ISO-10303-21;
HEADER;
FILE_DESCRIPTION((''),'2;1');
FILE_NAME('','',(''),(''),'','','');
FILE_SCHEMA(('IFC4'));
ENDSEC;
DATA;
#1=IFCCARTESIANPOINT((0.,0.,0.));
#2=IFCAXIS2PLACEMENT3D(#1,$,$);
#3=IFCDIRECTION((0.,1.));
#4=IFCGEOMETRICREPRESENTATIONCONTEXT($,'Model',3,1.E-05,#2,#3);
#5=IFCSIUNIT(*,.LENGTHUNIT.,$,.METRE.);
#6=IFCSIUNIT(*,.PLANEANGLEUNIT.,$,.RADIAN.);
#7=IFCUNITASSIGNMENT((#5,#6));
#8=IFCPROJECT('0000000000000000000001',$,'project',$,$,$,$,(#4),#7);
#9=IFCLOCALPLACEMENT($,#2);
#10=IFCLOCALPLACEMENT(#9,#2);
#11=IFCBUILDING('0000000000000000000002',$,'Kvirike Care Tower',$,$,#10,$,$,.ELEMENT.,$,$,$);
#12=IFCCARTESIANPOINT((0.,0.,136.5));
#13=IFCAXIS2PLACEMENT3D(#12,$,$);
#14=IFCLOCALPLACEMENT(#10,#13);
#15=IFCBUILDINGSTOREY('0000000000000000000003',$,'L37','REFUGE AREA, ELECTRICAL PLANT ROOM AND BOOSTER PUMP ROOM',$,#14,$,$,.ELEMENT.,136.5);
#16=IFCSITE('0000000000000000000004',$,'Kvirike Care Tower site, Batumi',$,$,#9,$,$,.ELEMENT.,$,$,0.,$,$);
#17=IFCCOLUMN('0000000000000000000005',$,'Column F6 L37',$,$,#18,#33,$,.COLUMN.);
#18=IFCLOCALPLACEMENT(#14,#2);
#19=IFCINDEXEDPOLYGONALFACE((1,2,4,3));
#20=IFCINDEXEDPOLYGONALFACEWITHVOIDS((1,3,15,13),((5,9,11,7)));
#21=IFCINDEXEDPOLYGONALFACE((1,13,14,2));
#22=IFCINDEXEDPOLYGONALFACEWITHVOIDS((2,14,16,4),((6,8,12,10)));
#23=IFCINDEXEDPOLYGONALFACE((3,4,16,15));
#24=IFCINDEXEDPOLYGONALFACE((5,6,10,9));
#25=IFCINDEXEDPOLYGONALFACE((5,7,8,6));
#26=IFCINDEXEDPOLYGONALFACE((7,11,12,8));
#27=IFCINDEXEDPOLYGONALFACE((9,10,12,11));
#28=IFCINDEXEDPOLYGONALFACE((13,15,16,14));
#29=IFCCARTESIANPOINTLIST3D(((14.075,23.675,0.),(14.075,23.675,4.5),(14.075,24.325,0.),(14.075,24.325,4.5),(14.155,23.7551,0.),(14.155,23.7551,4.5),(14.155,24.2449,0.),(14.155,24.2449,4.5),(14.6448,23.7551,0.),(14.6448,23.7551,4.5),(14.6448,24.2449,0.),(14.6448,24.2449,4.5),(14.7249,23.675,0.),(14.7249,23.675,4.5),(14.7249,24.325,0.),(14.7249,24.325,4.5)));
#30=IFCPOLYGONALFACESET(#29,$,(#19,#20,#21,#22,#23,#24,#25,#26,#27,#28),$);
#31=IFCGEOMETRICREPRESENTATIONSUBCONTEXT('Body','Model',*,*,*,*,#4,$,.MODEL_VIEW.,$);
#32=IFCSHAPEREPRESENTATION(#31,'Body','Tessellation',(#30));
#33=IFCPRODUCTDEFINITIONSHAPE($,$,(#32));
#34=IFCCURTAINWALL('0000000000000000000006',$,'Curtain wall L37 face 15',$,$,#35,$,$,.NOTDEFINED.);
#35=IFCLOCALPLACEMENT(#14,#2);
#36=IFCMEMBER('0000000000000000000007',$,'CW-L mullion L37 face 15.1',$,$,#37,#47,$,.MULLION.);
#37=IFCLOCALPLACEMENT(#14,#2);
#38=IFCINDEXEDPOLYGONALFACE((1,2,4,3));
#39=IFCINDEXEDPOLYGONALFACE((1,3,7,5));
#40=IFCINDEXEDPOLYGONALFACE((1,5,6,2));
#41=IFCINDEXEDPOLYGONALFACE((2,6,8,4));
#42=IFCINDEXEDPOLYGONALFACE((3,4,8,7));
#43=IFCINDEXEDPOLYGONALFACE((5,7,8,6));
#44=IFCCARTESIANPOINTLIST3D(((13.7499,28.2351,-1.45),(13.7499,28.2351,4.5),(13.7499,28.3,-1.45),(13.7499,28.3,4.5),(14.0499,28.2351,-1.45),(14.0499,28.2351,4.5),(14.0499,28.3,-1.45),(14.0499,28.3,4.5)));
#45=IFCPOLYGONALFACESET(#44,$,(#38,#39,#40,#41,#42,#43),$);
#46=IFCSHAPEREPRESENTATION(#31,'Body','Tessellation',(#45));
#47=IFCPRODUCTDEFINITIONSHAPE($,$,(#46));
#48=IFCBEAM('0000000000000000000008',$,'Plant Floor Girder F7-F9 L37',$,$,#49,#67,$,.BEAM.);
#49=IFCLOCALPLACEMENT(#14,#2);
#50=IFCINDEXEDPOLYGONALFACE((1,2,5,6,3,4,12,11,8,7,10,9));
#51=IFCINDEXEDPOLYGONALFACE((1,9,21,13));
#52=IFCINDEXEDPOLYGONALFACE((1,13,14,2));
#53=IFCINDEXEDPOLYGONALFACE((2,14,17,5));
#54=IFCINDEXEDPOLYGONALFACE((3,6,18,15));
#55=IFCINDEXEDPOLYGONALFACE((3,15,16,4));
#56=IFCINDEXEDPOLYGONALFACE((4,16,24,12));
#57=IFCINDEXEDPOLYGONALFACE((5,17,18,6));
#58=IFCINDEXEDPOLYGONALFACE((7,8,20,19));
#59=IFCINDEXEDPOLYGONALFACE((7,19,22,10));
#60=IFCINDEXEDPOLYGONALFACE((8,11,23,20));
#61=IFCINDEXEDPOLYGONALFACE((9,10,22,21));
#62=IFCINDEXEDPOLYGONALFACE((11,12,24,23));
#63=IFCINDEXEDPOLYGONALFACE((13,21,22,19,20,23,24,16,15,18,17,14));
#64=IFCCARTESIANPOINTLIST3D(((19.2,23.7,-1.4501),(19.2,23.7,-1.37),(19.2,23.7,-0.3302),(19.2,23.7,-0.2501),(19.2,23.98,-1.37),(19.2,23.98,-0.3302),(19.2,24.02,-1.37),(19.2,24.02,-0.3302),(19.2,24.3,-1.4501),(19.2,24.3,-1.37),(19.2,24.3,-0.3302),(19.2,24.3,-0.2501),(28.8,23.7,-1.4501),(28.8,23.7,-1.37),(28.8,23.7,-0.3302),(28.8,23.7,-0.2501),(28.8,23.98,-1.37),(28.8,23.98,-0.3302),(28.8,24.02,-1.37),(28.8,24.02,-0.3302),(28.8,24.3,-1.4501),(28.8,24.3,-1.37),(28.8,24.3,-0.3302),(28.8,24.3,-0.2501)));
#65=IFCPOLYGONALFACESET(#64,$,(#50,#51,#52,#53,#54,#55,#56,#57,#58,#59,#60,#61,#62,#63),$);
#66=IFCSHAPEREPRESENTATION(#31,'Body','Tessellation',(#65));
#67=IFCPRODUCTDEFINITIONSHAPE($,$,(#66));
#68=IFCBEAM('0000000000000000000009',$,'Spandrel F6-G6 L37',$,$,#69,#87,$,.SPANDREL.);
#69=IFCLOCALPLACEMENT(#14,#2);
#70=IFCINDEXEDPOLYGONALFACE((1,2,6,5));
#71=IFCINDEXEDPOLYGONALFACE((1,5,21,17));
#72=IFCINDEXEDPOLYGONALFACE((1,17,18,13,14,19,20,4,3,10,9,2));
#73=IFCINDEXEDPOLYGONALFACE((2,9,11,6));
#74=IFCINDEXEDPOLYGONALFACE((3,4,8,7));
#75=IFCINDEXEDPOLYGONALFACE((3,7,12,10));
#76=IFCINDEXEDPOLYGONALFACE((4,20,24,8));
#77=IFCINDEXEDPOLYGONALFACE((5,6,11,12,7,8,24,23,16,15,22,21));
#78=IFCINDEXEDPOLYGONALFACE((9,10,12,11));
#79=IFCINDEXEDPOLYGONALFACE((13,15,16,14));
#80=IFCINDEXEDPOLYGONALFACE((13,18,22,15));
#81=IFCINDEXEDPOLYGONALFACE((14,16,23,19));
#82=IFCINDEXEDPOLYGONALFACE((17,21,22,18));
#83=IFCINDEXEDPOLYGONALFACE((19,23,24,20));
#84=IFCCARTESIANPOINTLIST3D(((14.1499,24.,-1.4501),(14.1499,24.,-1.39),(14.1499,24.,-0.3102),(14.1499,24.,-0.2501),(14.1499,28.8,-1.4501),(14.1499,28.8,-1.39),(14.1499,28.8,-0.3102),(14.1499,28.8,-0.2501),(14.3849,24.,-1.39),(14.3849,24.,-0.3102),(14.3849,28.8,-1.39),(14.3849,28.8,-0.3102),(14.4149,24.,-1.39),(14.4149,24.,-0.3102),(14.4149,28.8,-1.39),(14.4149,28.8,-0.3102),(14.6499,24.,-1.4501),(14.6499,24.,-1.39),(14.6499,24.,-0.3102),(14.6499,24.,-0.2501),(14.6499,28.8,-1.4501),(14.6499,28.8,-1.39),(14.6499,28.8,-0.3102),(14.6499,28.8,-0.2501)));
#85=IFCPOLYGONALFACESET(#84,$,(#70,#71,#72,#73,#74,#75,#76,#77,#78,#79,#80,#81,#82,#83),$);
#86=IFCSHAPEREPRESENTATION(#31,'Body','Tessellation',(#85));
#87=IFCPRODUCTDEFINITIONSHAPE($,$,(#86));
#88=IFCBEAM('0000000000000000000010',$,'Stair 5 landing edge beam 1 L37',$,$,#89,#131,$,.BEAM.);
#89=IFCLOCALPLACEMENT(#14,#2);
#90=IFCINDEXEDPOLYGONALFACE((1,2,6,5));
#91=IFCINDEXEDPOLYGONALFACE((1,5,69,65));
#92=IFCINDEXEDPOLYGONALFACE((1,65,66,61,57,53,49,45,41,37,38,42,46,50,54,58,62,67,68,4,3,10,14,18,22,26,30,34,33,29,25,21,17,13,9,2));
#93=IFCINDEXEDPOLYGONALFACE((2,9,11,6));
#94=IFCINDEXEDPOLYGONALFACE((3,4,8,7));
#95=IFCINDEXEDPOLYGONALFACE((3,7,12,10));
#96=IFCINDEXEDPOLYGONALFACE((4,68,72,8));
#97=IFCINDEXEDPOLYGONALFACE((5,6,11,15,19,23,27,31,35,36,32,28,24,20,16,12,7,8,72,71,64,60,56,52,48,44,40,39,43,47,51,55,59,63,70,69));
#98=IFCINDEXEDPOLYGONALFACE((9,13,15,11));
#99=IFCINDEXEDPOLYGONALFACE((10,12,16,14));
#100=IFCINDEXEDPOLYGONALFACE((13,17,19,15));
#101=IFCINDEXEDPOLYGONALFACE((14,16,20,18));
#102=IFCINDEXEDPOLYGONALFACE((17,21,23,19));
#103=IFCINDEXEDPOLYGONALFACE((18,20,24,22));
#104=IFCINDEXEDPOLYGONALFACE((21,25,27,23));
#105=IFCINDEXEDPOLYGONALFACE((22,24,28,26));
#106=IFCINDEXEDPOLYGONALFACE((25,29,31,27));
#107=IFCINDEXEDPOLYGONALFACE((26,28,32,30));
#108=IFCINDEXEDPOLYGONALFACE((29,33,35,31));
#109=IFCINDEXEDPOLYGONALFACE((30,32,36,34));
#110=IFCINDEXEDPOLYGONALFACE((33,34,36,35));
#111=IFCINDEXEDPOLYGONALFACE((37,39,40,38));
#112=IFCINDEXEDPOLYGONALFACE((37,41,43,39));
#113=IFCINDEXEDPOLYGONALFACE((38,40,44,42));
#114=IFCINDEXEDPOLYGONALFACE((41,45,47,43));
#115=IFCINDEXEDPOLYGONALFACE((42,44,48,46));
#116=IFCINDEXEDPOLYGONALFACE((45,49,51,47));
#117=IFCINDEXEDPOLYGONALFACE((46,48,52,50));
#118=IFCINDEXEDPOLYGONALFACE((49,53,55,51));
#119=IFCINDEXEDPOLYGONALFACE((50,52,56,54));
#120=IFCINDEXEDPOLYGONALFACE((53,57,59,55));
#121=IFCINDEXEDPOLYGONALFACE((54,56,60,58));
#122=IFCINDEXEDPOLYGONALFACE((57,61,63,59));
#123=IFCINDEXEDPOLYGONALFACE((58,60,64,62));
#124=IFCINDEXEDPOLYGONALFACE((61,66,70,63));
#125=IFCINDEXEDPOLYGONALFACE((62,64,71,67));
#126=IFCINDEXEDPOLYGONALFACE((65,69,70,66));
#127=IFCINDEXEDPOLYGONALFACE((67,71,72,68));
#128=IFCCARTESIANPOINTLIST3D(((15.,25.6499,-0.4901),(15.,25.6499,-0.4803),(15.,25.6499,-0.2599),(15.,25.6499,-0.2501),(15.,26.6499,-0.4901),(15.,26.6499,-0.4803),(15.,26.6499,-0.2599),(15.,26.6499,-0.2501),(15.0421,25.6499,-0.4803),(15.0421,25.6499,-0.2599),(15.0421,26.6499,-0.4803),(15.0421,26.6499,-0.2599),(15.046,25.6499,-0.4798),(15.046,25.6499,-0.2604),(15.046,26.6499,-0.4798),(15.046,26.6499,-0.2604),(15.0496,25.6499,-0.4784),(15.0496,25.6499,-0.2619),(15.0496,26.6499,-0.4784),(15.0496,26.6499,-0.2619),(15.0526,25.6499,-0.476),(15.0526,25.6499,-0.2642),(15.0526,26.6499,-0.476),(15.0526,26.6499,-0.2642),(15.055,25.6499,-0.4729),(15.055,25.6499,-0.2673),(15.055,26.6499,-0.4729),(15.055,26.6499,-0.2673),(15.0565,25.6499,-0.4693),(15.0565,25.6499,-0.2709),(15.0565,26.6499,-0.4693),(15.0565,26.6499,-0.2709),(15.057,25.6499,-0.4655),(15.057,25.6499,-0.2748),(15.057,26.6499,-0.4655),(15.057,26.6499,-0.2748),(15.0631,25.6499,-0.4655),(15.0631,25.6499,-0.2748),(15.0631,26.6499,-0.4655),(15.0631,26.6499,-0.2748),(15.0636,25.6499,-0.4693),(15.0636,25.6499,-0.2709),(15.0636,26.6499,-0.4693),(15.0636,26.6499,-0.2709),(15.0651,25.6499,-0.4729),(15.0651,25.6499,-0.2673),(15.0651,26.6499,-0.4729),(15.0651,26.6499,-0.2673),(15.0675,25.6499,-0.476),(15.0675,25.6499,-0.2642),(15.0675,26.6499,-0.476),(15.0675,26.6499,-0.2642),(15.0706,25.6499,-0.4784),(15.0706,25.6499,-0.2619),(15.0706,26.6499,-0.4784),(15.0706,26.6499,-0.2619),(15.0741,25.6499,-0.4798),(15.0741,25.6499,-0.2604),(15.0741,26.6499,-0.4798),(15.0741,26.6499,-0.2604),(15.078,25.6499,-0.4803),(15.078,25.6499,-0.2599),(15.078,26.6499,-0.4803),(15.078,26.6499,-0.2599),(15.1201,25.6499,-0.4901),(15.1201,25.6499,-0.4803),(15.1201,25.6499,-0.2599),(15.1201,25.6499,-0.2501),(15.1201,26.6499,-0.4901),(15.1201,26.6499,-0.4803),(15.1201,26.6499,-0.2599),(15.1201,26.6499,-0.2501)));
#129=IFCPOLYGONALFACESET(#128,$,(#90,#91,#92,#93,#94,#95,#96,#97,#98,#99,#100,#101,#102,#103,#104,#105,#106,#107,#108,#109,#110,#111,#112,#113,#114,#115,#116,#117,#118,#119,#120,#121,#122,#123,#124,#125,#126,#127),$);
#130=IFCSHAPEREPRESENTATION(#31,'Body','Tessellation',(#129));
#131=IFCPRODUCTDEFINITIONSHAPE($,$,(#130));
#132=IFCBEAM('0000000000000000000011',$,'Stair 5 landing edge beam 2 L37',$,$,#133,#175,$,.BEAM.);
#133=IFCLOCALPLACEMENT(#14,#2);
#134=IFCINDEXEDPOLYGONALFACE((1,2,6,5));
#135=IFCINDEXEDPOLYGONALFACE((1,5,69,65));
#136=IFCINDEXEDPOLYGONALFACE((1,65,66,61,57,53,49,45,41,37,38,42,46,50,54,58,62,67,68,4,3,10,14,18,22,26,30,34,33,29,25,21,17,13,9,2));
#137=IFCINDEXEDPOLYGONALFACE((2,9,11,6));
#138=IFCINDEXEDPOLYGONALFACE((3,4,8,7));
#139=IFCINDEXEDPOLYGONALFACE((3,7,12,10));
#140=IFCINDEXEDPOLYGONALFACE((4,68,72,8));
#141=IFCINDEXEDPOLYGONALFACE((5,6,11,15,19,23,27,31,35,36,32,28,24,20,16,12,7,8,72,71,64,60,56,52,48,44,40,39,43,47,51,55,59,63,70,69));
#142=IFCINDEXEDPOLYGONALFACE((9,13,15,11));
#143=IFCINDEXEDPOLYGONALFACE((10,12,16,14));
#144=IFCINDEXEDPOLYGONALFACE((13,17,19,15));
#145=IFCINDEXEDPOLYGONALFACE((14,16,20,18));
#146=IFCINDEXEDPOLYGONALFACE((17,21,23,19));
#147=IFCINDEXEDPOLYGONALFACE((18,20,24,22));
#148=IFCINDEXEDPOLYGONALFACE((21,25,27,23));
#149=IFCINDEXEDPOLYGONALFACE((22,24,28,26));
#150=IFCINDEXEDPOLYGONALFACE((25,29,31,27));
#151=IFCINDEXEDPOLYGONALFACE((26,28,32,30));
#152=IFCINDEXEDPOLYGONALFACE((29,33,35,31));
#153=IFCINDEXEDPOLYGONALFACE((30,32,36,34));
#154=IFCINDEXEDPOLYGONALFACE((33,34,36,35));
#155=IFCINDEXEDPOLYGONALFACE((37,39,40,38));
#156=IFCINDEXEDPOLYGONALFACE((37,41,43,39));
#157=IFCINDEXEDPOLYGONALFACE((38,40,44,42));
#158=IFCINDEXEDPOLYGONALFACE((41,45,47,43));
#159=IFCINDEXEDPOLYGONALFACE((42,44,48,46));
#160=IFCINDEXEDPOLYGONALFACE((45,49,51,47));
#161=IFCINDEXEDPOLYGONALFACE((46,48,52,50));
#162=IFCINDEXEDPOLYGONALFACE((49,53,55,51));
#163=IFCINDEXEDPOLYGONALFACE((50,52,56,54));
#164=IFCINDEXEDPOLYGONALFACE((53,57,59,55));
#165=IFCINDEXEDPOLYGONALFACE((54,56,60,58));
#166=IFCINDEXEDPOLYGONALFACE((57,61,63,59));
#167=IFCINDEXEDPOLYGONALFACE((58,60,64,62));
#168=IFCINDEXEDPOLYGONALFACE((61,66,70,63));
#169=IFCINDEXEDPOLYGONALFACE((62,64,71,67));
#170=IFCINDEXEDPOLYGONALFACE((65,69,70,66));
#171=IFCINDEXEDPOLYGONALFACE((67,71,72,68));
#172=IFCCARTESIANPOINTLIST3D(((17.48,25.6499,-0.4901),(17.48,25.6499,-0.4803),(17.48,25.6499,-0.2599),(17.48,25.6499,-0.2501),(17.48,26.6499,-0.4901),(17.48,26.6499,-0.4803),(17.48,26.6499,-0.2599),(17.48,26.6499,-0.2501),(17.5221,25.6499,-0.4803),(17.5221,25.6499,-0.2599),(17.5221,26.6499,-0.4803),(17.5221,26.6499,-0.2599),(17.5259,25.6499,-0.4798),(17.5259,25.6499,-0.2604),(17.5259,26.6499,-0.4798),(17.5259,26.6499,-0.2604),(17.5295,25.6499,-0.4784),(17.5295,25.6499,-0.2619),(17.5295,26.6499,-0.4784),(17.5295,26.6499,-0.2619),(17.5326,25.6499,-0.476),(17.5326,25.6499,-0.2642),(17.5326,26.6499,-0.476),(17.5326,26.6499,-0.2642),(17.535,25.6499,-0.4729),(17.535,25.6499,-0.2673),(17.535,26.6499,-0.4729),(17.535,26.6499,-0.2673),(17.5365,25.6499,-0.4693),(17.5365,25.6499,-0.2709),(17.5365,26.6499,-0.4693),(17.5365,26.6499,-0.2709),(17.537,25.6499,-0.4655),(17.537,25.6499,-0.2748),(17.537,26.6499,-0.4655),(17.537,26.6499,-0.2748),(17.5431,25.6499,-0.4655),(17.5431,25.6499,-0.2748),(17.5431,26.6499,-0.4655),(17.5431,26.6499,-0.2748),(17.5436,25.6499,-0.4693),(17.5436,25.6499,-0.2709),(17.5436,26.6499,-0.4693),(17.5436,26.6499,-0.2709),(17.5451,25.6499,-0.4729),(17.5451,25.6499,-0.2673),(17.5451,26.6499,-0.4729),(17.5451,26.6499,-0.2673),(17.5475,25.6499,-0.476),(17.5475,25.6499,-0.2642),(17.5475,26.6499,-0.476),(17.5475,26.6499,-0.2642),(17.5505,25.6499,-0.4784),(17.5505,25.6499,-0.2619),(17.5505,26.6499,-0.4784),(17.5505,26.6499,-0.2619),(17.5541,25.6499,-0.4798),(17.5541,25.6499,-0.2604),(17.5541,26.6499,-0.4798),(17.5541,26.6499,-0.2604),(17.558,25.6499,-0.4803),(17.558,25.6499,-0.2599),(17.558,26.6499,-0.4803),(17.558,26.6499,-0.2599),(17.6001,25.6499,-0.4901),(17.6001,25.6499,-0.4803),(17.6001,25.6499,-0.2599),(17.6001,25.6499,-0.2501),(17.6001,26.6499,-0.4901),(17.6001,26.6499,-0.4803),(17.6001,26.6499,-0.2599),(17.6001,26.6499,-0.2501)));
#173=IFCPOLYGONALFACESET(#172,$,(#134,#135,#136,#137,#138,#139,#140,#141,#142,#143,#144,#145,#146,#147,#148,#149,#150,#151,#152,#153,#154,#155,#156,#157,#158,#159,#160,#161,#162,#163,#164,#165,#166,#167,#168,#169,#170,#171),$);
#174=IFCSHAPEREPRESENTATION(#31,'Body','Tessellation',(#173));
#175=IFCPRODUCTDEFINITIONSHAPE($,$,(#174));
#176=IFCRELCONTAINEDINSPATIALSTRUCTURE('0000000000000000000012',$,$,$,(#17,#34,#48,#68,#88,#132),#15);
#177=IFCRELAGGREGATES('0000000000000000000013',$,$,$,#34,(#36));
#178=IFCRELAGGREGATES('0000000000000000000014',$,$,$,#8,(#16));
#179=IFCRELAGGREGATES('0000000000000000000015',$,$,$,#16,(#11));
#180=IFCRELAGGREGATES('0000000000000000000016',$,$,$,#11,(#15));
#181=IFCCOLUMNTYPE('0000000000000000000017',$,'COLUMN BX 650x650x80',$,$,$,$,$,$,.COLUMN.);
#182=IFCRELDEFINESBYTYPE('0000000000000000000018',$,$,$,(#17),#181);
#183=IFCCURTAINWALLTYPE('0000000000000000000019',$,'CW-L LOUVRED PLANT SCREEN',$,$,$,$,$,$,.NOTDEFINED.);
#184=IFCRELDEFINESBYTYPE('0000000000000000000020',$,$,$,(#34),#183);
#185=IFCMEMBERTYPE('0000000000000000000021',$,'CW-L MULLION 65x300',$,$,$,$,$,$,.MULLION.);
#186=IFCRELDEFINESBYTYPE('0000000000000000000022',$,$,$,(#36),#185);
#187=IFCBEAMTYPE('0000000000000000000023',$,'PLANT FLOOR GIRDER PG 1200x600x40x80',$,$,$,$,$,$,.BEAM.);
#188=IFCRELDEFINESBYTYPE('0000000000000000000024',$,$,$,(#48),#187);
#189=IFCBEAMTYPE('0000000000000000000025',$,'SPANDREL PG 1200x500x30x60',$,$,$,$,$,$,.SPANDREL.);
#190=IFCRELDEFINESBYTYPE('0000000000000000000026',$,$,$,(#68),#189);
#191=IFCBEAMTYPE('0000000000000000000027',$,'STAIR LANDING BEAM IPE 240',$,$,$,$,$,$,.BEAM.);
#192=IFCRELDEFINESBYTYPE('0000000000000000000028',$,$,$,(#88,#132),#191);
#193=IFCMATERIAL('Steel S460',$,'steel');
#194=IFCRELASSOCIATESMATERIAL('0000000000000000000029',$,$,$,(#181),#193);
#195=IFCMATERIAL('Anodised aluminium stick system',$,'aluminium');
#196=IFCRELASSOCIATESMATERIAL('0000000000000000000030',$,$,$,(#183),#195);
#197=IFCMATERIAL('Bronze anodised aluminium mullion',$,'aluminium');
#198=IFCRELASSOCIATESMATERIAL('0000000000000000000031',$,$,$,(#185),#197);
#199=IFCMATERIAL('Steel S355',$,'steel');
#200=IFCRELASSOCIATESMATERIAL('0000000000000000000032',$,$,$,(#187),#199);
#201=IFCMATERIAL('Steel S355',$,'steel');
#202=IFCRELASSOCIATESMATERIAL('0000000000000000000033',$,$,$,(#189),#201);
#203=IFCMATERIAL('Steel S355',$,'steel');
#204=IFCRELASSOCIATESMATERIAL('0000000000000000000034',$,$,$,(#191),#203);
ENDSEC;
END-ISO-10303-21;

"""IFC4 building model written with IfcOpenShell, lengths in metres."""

from ifc_helpers import new_model, si_unit, direction, frame, origin, origin_2d, place, context, subcontext, project, spatial, rectangle, hollow_rectangle, i_section, extrude, material, material_profile, profile_set, type_object, element, aggregate, save


model = new_model("IFC4")

# Units and contexts
model_context = context("Model", 3, precision=1e-05, world=origin(), true_north=direction((0.0, 1.0)))
body_context = subcontext(model_context, "Body", "Model", "MODEL_VIEW")
ifc_project = project(units=[si_unit("LENGTHUNIT", "METRE"), si_unit("PLANEANGLEUNIT", "RADIAN")], contexts=[model_context])

# Site, building, storey
site_placement = place(None, origin())
site = spatial("IfcSite", under=ifc_project, at=site_placement, Name="Kvirike Care Tower site, Batumi", CompositionType="ELEMENT", RefElevation=0.0)
building_placement = place(site_placement, origin())
building = spatial("IfcBuilding", under=site, at=building_placement, Name="Kvirike Care Tower", CompositionType="ELEMENT")
storey_placement = place(building_placement, frame((0.0, 0.0, 136.5)))
storey = spatial("IfcBuildingStorey", under=building, at=storey_placement, Name="L37", Description="REFUGE AREA, ELECTRICAL PLANT ROOM AND BOOSTER PUMP ROOM", CompositionType="ELEMENT", Elevation=136.5)

# Column
ifc_material_1 = material(Name="Steel S460", Category="steel")
ifc_material_profile_1 = material_profile(ifc_material_1, hollow_rectangle(XDim=0.6499, YDim=0.6499, WallThickness=0.0801, at=origin_2d()), Name="BX 650x650x80")
ifc_profile_set_1 = profile_set([ifc_material_profile_1], Name="Steel S460")
column_type = type_object("IfcColumnType", Name="COLUMN BX 650x650x80", PredefinedType="COLUMN", material=ifc_profile_set_1)
column_placement = place(storey_placement, frame((14.3999, 24.0, 0.0), z_axis=(0.0, 0.0, 1.0), x_axis=(1.0, 0.0, 0.0)))
element("IfcColumn", 1, at=column_placement, inside=storey, type_object=column_type, Name="Column F6 L37", PredefinedType="COLUMN", context=body_context, shape_type="SweptSolid", body=[
    extrude(hollow_rectangle(XDim=0.6499, YDim=0.6499, WallThickness=0.0801, at=origin_2d()), origin(), (0.0, 0.0, 1.0), 4.5),
])

# Curtain wall, member
ifc_material_2 = material(Name="Anodised aluminium stick system", Category="aluminium")
curtain_wall_type = type_object("IfcCurtainWallType", Name="CW-L LOUVRED PLANT SCREEN", PredefinedType="NOTDEFINED", material=ifc_material_2)
curtain_wall_placement = place(storey_placement, origin())
curtain_wall = element("IfcCurtainWall", 2, at=curtain_wall_placement, inside=storey, type_object=curtain_wall_type, Name="Curtain wall L37 face 15", PredefinedType="NOTDEFINED")
ifc_material_3 = material(Name="Bronze anodised aluminium mullion", Category="aluminium")
ifc_material_profile_2 = material_profile(ifc_material_3, rectangle(XDim=0.0649, YDim=0.3, at=origin_2d()), Name="CW-L MULLION 65x300")
ifc_profile_set_2 = profile_set([ifc_material_profile_2], Name="Bronze anodised aluminium mullion")
member_type = type_object("IfcMemberType", Name="CW-L MULLION 65x300", PredefinedType="MULLION", material=ifc_profile_set_2)
member_placement = place(storey_placement, frame((13.8999, 28.2676, -1.45), z_axis=(0.0, 0.0, 1.0), x_axis=(0.0, -1.0, 0.0)))
member = element("IfcMember", 3, at=member_placement, type_object=member_type, Name="CW-L mullion L37 face 15.1", PredefinedType="MULLION", context=body_context, shape_type="SweptSolid", body=[
    extrude(rectangle(XDim=0.0649, YDim=0.3, at=origin_2d()), origin(), (0.0, 0.0, 1.0), 5.95),
])
aggregate(curtain_wall, [member])

# Beams
ifc_material_4 = material(Name="Steel S355", Category="steel")
ifc_material_profile_3 = material_profile(ifc_material_4, i_section(OverallWidth=0.6001, OverallDepth=1.2, WebThickness=0.04, FlangeThickness=0.0801, at=origin_2d()), Name="PG 1200x600x40x80")
ifc_profile_set_3 = profile_set([ifc_material_profile_3], Name="Steel S355")
beam_type_1 = type_object("IfcBeamType", Name="PLANT FLOOR GIRDER PG 1200x600x40x80", PredefinedType="BEAM", material=ifc_profile_set_3)
beam_1_placement = place(storey_placement, frame((19.2, 24.0, -0.8501), z_axis=(1.0, 0.0, 0.0), x_axis=(0.0, 1.0, 0.0)))
element("IfcBeam", 4, at=beam_1_placement, inside=storey, type_object=beam_type_1, Name="Plant Floor Girder F7-F9 L37", PredefinedType="BEAM", context=body_context, shape_type="SweptSolid", body=[
    extrude(i_section(OverallWidth=0.6001, OverallDepth=1.2, WebThickness=0.04, FlangeThickness=0.0801, at=origin_2d()), origin(), (0.0, 0.0, 1.0), 9.6001),
])
ifc_material_5 = material(Name="Steel S355", Category="steel")
ifc_material_profile_4 = material_profile(ifc_material_5, i_section(OverallWidth=0.5, OverallDepth=1.2, WebThickness=0.03, FlangeThickness=0.0601, at=origin_2d()), Name="PG 1200x500x30x60")
ifc_profile_set_4 = profile_set([ifc_material_profile_4], Name="Steel S355")
beam_type_2 = type_object("IfcBeamType", Name="SPANDREL PG 1200x500x30x60", PredefinedType="SPANDREL", material=ifc_profile_set_4)
beam_2_placement = place(storey_placement, frame((14.3999, 24.0, -0.8501), z_axis=(0.0, 1.0, 0.0), x_axis=(-1.0, 0.0, 0.0)))
element("IfcBeam", 5, at=beam_2_placement, inside=storey, type_object=beam_type_2, Name="Spandrel F6-G6 L37", PredefinedType="SPANDREL", context=body_context, shape_type="SweptSolid", body=[
    extrude(i_section(OverallWidth=0.5, OverallDepth=1.2, WebThickness=0.03, FlangeThickness=0.0601, at=origin_2d()), origin(), (0.0, 0.0, 1.0), 4.8),
])
ifc_material_6 = material(Name="Steel S355", Category="steel")
ifc_material_profile_5 = material_profile(ifc_material_6, i_section(OverallWidth=0.1201, OverallDepth=0.24, WebThickness=0.0061, FlangeThickness=0.0098, FilletRadius=0.0149, at=origin_2d()), Name="IPE 240")
ifc_profile_set_5 = profile_set([ifc_material_profile_5], Name="Steel S355")
beam_type_3 = type_object("IfcBeamType", Name="STAIR LANDING BEAM IPE 240", PredefinedType="BEAM", material=ifc_profile_set_5)
for number, where, z_axis, x_axis, name in (
    (6, (15.0601, 25.6499, -0.3701), (0.0, 1.0, 0.0), (-1.0, 0.0, 0.0), "Stair 5 landing edge beam 1 L37"),
    (7, (17.54, 25.6499, -0.3701), (0.0, 1.0, 0.0), (-1.0, 0.0, 0.0), "Stair 5 landing edge beam 2 L37"),
):
    element("IfcBeam", number, at=place(storey_placement, frame(where, z_axis=z_axis, x_axis=x_axis)), inside=storey, type_object=beam_type_3, Name=name, PredefinedType="BEAM", context=body_context, shape_type="SweptSolid", body=[
        extrude(i_section(OverallWidth=0.1201, OverallDepth=0.24, WebThickness=0.0061, FlangeThickness=0.0098, FilletRadius=0.0149, at=origin_2d()), origin(), (0.0, 0.0, 1.0), 1.0),
    ])

save(model, "model.ifc")
